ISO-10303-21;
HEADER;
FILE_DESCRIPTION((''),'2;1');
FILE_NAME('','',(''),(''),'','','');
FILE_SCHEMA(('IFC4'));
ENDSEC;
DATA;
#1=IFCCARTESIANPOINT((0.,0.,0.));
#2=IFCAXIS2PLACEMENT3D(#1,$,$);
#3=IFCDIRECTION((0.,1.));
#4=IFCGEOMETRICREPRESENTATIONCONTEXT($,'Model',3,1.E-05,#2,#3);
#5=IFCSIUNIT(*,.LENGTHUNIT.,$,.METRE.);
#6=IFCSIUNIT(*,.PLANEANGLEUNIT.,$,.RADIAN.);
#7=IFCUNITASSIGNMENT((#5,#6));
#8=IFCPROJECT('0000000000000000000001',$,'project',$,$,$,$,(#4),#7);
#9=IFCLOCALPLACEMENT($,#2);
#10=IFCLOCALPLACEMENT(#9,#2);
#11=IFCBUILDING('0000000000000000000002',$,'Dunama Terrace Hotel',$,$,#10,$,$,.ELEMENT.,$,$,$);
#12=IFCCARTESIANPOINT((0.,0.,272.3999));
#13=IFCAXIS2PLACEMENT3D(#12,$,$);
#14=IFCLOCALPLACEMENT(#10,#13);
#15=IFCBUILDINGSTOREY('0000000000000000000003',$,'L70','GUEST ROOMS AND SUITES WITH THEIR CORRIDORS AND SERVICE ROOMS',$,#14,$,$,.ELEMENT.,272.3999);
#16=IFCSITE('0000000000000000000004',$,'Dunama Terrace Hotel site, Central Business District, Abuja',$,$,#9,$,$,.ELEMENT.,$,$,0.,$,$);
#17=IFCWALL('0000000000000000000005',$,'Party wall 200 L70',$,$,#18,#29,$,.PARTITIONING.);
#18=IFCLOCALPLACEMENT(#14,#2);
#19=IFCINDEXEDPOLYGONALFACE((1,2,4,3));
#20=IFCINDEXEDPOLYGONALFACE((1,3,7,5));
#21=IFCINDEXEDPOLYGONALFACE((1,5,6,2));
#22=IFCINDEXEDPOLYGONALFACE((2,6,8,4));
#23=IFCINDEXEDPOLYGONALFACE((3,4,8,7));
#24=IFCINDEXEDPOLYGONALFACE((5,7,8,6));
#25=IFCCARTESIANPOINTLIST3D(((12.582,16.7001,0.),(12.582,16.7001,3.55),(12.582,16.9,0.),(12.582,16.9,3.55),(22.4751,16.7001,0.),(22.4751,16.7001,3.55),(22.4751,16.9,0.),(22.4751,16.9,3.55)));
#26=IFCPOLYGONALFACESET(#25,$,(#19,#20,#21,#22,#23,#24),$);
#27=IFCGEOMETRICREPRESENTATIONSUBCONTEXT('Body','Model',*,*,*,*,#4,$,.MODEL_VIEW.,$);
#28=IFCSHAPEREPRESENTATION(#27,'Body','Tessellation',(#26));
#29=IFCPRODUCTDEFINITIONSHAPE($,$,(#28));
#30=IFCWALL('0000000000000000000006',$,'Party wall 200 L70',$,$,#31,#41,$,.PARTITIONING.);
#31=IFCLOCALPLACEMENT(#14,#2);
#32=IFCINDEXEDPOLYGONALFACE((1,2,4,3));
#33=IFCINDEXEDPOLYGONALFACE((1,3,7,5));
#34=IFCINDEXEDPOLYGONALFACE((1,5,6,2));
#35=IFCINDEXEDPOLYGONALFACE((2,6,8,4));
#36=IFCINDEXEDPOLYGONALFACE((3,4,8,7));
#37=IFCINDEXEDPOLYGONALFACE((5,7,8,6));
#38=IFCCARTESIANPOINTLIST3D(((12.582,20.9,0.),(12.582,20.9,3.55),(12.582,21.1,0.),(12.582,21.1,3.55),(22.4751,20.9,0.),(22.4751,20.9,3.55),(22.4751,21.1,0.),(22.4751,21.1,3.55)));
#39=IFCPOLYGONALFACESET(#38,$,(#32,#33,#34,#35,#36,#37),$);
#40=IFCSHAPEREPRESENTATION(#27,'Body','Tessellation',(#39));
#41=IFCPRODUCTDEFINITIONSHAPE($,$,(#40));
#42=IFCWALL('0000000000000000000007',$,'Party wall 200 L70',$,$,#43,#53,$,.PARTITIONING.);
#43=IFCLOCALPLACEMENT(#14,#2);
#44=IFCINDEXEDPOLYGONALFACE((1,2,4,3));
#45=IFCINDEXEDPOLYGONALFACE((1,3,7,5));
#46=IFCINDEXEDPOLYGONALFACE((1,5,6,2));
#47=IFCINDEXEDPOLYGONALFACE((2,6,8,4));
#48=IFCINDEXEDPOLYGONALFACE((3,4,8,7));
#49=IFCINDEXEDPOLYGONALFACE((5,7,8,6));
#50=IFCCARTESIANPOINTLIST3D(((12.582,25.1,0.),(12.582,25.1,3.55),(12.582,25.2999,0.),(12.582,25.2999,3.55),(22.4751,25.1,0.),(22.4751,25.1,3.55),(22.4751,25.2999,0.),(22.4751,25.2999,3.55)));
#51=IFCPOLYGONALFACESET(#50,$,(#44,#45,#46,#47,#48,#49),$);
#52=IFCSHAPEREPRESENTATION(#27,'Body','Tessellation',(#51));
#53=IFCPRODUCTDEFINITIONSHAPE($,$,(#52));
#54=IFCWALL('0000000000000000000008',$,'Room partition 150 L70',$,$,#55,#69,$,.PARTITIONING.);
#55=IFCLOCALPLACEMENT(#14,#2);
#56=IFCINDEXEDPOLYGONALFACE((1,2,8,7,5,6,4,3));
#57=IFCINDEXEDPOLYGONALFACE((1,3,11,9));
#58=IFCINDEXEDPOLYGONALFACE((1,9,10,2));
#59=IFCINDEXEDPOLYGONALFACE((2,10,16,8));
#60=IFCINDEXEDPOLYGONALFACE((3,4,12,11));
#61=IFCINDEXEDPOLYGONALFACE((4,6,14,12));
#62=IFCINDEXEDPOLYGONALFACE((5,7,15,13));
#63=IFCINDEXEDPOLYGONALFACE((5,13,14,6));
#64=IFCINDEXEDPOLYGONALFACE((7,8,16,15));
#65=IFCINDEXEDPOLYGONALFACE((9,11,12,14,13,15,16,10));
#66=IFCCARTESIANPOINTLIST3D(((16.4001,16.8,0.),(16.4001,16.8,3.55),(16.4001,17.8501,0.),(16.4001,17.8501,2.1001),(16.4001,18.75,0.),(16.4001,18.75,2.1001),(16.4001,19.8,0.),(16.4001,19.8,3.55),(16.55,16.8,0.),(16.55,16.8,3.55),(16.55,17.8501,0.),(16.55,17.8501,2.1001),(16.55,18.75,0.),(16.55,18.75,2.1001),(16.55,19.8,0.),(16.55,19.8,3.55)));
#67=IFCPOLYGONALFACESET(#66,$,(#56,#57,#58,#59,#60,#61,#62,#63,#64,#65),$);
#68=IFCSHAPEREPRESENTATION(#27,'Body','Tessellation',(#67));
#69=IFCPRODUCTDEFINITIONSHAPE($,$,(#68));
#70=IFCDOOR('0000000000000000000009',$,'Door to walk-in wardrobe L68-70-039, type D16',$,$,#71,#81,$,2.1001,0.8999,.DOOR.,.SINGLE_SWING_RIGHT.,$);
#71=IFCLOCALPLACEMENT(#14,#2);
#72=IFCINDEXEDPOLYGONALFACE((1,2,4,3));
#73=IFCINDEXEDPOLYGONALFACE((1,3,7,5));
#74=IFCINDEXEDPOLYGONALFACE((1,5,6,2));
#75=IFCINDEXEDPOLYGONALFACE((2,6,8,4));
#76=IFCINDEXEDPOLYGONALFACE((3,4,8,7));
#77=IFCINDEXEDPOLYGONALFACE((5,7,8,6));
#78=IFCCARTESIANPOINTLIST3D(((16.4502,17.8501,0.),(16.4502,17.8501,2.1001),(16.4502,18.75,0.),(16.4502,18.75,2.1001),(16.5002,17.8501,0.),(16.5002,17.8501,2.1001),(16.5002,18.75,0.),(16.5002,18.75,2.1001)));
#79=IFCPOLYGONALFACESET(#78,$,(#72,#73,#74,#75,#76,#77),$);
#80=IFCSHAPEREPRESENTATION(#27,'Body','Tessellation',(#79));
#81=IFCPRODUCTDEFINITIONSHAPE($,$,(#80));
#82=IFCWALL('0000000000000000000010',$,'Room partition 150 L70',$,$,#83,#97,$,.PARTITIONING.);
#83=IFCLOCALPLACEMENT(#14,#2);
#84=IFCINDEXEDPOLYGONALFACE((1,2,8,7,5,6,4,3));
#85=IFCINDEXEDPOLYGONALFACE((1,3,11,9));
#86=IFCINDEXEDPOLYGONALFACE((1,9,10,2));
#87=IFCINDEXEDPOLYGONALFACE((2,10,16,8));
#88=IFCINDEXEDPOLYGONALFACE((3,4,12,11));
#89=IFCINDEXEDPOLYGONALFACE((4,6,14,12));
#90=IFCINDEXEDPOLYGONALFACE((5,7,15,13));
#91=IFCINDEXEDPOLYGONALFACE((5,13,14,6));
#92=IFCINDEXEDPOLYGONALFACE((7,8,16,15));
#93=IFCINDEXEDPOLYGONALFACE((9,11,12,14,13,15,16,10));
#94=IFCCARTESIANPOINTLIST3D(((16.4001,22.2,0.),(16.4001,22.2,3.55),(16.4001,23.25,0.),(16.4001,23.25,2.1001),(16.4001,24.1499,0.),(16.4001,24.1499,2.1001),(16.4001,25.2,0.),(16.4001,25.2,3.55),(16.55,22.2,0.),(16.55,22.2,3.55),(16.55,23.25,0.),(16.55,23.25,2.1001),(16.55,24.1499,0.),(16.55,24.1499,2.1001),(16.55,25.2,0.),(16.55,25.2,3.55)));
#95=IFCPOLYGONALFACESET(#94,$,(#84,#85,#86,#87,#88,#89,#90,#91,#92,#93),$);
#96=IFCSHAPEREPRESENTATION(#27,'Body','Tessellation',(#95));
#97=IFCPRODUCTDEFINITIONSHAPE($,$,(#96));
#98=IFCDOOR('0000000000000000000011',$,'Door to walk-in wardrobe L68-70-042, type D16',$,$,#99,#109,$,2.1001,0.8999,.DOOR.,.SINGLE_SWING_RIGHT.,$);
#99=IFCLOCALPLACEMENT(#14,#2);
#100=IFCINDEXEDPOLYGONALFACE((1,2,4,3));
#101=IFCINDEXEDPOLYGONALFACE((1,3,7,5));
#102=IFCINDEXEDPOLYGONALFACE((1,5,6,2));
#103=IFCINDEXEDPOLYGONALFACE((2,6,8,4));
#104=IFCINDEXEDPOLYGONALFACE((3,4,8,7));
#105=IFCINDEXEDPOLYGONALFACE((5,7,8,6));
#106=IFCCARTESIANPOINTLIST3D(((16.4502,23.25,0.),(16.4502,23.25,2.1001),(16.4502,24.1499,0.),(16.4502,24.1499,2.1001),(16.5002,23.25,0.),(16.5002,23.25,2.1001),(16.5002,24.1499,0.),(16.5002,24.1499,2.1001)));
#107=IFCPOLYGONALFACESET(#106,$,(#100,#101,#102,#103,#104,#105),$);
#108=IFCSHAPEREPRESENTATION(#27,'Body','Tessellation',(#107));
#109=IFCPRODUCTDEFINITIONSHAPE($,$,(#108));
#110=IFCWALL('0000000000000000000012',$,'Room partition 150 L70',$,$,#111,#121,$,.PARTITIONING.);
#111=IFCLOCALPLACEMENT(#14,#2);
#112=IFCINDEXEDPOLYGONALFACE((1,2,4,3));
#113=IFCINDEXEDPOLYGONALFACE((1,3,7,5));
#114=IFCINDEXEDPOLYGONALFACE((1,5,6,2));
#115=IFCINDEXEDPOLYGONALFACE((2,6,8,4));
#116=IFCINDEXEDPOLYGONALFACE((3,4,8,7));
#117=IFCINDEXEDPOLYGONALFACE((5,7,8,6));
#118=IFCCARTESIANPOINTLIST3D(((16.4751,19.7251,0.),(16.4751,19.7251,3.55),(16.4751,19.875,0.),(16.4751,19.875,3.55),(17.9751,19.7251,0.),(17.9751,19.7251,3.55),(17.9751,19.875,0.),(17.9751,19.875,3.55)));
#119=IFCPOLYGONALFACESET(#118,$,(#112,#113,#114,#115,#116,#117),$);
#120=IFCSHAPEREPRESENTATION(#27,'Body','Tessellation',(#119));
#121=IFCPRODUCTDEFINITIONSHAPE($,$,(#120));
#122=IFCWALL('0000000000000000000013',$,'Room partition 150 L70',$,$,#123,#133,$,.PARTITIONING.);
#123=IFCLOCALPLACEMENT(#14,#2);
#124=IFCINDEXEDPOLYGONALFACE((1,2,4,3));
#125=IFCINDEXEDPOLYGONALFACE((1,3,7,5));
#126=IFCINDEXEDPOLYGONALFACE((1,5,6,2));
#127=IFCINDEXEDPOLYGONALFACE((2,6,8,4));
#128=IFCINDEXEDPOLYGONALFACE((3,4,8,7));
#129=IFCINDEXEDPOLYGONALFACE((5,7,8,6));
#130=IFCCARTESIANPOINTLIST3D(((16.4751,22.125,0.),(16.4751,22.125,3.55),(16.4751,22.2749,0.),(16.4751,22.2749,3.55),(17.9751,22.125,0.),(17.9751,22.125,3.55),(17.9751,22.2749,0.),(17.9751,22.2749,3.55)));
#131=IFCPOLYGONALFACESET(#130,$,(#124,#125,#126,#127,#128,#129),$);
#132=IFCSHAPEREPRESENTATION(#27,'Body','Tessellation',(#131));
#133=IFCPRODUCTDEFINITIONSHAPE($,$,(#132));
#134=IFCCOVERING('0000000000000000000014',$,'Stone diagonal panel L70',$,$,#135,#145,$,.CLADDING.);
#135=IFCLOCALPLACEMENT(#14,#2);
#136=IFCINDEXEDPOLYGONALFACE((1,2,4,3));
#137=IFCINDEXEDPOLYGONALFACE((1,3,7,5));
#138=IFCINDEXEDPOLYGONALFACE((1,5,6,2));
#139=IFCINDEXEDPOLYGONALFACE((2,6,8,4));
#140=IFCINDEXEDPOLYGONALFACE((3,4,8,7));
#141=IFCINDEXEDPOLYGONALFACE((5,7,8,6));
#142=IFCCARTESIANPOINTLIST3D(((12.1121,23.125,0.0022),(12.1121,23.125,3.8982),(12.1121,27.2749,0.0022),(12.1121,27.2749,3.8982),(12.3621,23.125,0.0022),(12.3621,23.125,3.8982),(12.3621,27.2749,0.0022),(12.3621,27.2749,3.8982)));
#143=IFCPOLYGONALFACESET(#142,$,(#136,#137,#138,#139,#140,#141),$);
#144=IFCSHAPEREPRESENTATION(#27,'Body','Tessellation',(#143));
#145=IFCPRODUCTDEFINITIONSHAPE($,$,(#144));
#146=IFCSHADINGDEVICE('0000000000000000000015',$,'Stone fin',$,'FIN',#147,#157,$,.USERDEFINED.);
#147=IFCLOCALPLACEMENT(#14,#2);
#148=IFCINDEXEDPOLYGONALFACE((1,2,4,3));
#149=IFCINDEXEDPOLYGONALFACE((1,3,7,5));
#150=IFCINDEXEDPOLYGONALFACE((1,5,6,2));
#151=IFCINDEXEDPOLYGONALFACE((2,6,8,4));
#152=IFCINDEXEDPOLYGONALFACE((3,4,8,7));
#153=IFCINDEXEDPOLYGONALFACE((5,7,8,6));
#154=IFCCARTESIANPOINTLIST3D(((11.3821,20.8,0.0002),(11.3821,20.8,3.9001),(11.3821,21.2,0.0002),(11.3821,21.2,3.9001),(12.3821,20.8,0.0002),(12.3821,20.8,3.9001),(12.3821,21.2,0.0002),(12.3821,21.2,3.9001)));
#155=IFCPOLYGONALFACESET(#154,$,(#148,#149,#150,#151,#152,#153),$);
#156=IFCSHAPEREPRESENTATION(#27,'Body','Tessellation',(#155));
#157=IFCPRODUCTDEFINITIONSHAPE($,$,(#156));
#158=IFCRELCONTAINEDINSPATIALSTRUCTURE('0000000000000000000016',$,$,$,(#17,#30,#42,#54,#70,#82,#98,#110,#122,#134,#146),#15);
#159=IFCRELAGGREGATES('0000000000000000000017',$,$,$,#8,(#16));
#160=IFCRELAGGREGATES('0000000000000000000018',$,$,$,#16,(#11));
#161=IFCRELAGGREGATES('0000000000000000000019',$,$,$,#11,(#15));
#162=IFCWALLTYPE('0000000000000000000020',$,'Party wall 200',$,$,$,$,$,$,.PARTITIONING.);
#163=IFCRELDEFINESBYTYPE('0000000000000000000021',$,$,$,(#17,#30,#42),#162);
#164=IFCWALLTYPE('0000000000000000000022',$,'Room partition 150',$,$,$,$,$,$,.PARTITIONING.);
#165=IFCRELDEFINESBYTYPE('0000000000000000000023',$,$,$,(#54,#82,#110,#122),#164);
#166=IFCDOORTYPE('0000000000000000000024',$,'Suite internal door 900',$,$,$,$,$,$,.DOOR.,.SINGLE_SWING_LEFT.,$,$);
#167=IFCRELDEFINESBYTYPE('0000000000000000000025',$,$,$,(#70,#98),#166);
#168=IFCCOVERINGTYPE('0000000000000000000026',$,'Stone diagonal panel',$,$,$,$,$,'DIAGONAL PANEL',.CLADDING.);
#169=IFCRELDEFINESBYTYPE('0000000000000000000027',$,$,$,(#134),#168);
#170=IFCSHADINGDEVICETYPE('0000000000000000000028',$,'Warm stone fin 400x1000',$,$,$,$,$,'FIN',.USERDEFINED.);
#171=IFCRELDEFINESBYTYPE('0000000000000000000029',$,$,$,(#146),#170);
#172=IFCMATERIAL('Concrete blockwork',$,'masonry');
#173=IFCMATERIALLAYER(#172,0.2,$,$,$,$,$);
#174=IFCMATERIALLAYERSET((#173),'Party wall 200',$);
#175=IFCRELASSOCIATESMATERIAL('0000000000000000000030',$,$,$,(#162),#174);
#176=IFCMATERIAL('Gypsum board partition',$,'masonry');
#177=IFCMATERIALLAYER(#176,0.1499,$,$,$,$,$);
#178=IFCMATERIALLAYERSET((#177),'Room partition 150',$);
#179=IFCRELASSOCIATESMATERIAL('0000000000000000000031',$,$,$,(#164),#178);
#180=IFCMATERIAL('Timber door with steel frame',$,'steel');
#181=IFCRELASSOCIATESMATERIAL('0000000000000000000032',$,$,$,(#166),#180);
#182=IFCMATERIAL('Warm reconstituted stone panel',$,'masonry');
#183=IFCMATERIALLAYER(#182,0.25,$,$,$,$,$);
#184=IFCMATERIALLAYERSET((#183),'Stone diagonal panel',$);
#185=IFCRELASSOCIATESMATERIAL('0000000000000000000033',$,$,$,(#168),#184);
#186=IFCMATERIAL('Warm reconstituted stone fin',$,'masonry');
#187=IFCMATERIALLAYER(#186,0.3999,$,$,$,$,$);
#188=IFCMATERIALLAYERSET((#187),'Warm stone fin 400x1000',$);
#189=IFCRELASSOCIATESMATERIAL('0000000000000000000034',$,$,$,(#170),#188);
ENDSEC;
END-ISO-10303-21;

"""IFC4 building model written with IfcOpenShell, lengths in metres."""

from ifc_helpers import new_model, si_unit, direction, frame, frame_2d, origin, origin_2d, place, context, subcontext, project, spatial, rectangle, extrude, material, layer, layer_set, type_object, element, fill, save


model = new_model("IFC4")

# Units and contexts
model_context = context("Model", 3, precision=1e-05, world=origin(), true_north=direction((0.0, 1.0)))
body_context = subcontext(model_context, "Body", "Model", "MODEL_VIEW")
ifc_project = project(units=[si_unit("LENGTHUNIT", "METRE"), si_unit("PLANEANGLEUNIT", "RADIAN")], contexts=[model_context])

# Site, building, storey
site_placement = place(None, origin())
site = spatial("IfcSite", under=ifc_project, at=site_placement, Name="Dunama Terrace Hotel site, Central Business District, Abuja", CompositionType="ELEMENT", RefElevation=0.0)
building_placement = place(site_placement, origin())
building = spatial("IfcBuilding", under=site, at=building_placement, Name="Dunama Terrace Hotel", CompositionType="ELEMENT")
storey_placement = place(building_placement, frame((0.0, 0.0, 272.3999)))
storey = spatial("IfcBuildingStorey", under=building, at=storey_placement, Name="L70", Description="GUEST ROOMS AND SUITES WITH THEIR CORRIDORS AND SERVICE ROOMS", CompositionType="ELEMENT", Elevation=272.3999)

# Walls
ifc_material_1 = material(Name="Concrete blockwork", Category="masonry")
ifc_layer_1 = layer(ifc_material_1, 0.2)
ifc_layer_set_1 = layer_set([ifc_layer_1], Name="Party wall 200")
wall_type_1 = type_object("IfcWallType", Name="Party wall 200", PredefinedType="PARTITIONING", material=ifc_layer_set_1)
for number, where, z_axis, x_axis, name in (
    (1, (12.582, 16.8, 0.0), (0.0, 0.0, 1.0), (1.0, 0.0, 0.0), "Party wall 200 L70"),
    (2, (12.582, 21.0, 0.0), (0.0, 0.0, 1.0), (1.0, 0.0, 0.0), "Party wall 200 L70"),
    (3, (12.582, 25.2, 0.0), (0.0, 0.0, 1.0), (1.0, 0.0, 0.0), "Party wall 200 L70"),
):
    element("IfcWall", number, at=place(storey_placement, frame(where, z_axis=z_axis, x_axis=x_axis)), inside=storey, type_object=wall_type_1, Name=name, PredefinedType="PARTITIONING", context=body_context, shape_type="SweptSolid", body=[
        extrude(rectangle(XDim=9.8931, YDim=0.2, at=frame_2d((4.9465, 0.0))), origin(), (0.0, 0.0, 1.0), 3.55),
    ])

# Walls, openings, doors
ifc_material_2 = material(Name="Gypsum board partition", Category="masonry")
ifc_layer_2 = layer(ifc_material_2, 0.1499)
ifc_layer_set_2 = layer_set([ifc_layer_2], Name="Room partition 150")
wall_type_2 = type_object("IfcWallType", Name="Room partition 150", PredefinedType="PARTITIONING", material=ifc_layer_set_2)
wall_1_placement = place(storey_placement, frame((16.4751, 16.8, 0.0), z_axis=(0.0, 0.0, 1.0), x_axis=(0.0, 1.0, 0.0)))
wall_1 = element("IfcWall", 4, at=wall_1_placement, inside=storey, type_object=wall_type_2, Name="Room partition 150 L70", PredefinedType="PARTITIONING", context=body_context, shape_type="SweptSolid", body=[
    extrude(rectangle(XDim=3.0, YDim=0.1499, at=frame_2d((1.5, 0.0))), origin(), (0.0, 0.0, 1.0), 3.55),
])
opening_1_placement = place(wall_1_placement, frame((1.05, 0.0, 0.0)))
opening_1 = element("IfcOpeningElement", 5, at=opening_1_placement, cuts=wall_1, PredefinedType="OPENING", context=body_context, shape_type="SweptSolid", body=[
    extrude(rectangle(XDim=0.8999, YDim=2.1001, at=frame_2d((0.45, 1.05))), frame((0.0, 0.085, 0.0), z_axis=(0.0, -1.0, 0.0), x_axis=(1.0, 0.0, 0.0)), (0.0, 0.0, 1.0), 0.1699),
])
ifc_material_3 = material(Name="Timber door with steel frame", Category="steel")
door_type = type_object("IfcDoorType", Name="Suite internal door 900", OperationType="SINGLE_SWING_LEFT", PredefinedType="DOOR", material=ifc_material_3)
door_1_placement = place(opening_1_placement, frame((0.8999, 0.0, 0.0), z_axis=(0.0, 0.0, 1.0), x_axis=(-1.0, 0.0, 0.0)))
door_1 = element("IfcDoor", 6, at=door_1_placement, inside=storey, type_object=door_type, Name="Door to walk-in wardrobe L68-70-039, type D16", OperationType="SINGLE_SWING_RIGHT", OverallHeight=2.1001, OverallWidth=0.8999, PredefinedType="DOOR", context=body_context, shape_type="SweptSolid", body=[
    extrude(rectangle(XDim=0.8999, YDim=2.1001, at=frame_2d((0.45, 1.05))), frame((0.0, 0.0251, 0.0), z_axis=(0.0, -1.0, 0.0), x_axis=(1.0, 0.0, 0.0)), (0.0, 0.0, 1.0), 0.05),
])
fill(opening_1, door_1)
wall_2_placement = place(storey_placement, frame((16.4751, 22.2, 0.0), z_axis=(0.0, 0.0, 1.0), x_axis=(0.0, 1.0, 0.0)))
wall_2 = element("IfcWall", 7, at=wall_2_placement, inside=storey, type_object=wall_type_2, Name="Room partition 150 L70", PredefinedType="PARTITIONING", context=body_context, shape_type="SweptSolid", body=[
    extrude(rectangle(XDim=3.0, YDim=0.1499, at=frame_2d((1.5, 0.0))), origin(), (0.0, 0.0, 1.0), 3.55),
])
opening_2_placement = place(wall_2_placement, frame((1.05, 0.0, 0.0)))
opening_2 = element("IfcOpeningElement", 8, at=opening_2_placement, cuts=wall_2, PredefinedType="OPENING", context=body_context, shape_type="SweptSolid", body=[
    extrude(rectangle(XDim=0.8999, YDim=2.1001, at=frame_2d((0.45, 1.05))), frame((0.0, 0.085, 0.0), z_axis=(0.0, -1.0, 0.0), x_axis=(1.0, 0.0, 0.0)), (0.0, 0.0, 1.0), 0.1699),
])
door_2_placement = place(opening_2_placement, frame((0.8999, 0.0, 0.0), z_axis=(0.0, 0.0, 1.0), x_axis=(-1.0, 0.0, 0.0)))
door_2 = element("IfcDoor", 9, at=door_2_placement, inside=storey, type_object=door_type, Name="Door to walk-in wardrobe L68-70-042, type D16", OperationType="SINGLE_SWING_RIGHT", OverallHeight=2.1001, OverallWidth=0.8999, PredefinedType="DOOR", context=body_context, shape_type="SweptSolid", body=[
    extrude(rectangle(XDim=0.8999, YDim=2.1001, at=frame_2d((0.45, 1.05))), frame((0.0, 0.0251, 0.0), z_axis=(0.0, -1.0, 0.0), x_axis=(1.0, 0.0, 0.0)), (0.0, 0.0, 1.0), 0.05),
])
fill(opening_2, door_2)

# Walls
for number, where, z_axis, x_axis, name in (
    (10, (16.4751, 19.8, 0.0), (0.0, 0.0, 1.0), (1.0, 0.0, 0.0), "Room partition 150 L70"),
    (11, (16.4751, 22.2, 0.0), (0.0, 0.0, 1.0), (1.0, 0.0, 0.0), "Room partition 150 L70"),
):
    element("IfcWall", number, at=place(storey_placement, frame(where, z_axis=z_axis, x_axis=x_axis)), inside=storey, type_object=wall_type_2, Name=name, PredefinedType="PARTITIONING", context=body_context, shape_type="SweptSolid", body=[
        extrude(rectangle(XDim=1.5, YDim=0.1499, at=frame_2d((0.75, 0.0))), origin(), (0.0, 0.0, 1.0), 3.55),
    ])

# Covering
ifc_material_4 = material(Name="Warm reconstituted stone panel", Category="masonry")
ifc_layer_3 = layer(ifc_material_4, 0.25)
ifc_layer_set_3 = layer_set([ifc_layer_3], Name="Stone diagonal panel")
covering_type = type_object("IfcCoveringType", Name="Stone diagonal panel", ElementType="DIAGONAL PANEL", PredefinedType="CLADDING", material=ifc_layer_set_3)
covering_placement = place(storey_placement, frame((12.2371, 25.2, 0.0022), z_axis=(0.0, 0.0, 1.0), x_axis=(0.0, -1.0, 0.0)))
element("IfcCovering", 12, at=covering_placement, inside=storey, type_object=covering_type, Name="Stone diagonal panel L70", PredefinedType="CLADDING", context=body_context, shape_type="SweptSolid", body=[
    extrude(rectangle(XDim=4.1499, YDim=0.25, at=origin_2d()), origin(), (0.0, 0.0, 1.0), 3.896),
])

# Shading device
ifc_material_5 = material(Name="Warm reconstituted stone fin", Category="masonry")
ifc_layer_4 = layer(ifc_material_5, 0.3999)
ifc_layer_set_4 = layer_set([ifc_layer_4], Name="Warm stone fin 400x1000")
shading_device_type = type_object("IfcShadingDeviceType", Name="Warm stone fin 400x1000", ElementType="FIN", PredefinedType="USERDEFINED", material=ifc_layer_set_4)
shading_device_placement = place(storey_placement, frame((11.8821, 21.0, 0.0002), z_axis=(0.0, 0.0, 1.0), x_axis=(0.0, -1.0, 0.0)))
element("IfcShadingDevice", 13, at=shading_device_placement, inside=storey, type_object=shading_device_type, Name="Stone fin", ObjectType="FIN", PredefinedType="USERDEFINED", context=body_context, shape_type="SweptSolid", body=[
    extrude(rectangle(XDim=0.3999, YDim=1.0, at=origin_2d()), origin(), (0.0, 0.0, 1.0), 3.8999),
])

save(model, "model.ifc")
